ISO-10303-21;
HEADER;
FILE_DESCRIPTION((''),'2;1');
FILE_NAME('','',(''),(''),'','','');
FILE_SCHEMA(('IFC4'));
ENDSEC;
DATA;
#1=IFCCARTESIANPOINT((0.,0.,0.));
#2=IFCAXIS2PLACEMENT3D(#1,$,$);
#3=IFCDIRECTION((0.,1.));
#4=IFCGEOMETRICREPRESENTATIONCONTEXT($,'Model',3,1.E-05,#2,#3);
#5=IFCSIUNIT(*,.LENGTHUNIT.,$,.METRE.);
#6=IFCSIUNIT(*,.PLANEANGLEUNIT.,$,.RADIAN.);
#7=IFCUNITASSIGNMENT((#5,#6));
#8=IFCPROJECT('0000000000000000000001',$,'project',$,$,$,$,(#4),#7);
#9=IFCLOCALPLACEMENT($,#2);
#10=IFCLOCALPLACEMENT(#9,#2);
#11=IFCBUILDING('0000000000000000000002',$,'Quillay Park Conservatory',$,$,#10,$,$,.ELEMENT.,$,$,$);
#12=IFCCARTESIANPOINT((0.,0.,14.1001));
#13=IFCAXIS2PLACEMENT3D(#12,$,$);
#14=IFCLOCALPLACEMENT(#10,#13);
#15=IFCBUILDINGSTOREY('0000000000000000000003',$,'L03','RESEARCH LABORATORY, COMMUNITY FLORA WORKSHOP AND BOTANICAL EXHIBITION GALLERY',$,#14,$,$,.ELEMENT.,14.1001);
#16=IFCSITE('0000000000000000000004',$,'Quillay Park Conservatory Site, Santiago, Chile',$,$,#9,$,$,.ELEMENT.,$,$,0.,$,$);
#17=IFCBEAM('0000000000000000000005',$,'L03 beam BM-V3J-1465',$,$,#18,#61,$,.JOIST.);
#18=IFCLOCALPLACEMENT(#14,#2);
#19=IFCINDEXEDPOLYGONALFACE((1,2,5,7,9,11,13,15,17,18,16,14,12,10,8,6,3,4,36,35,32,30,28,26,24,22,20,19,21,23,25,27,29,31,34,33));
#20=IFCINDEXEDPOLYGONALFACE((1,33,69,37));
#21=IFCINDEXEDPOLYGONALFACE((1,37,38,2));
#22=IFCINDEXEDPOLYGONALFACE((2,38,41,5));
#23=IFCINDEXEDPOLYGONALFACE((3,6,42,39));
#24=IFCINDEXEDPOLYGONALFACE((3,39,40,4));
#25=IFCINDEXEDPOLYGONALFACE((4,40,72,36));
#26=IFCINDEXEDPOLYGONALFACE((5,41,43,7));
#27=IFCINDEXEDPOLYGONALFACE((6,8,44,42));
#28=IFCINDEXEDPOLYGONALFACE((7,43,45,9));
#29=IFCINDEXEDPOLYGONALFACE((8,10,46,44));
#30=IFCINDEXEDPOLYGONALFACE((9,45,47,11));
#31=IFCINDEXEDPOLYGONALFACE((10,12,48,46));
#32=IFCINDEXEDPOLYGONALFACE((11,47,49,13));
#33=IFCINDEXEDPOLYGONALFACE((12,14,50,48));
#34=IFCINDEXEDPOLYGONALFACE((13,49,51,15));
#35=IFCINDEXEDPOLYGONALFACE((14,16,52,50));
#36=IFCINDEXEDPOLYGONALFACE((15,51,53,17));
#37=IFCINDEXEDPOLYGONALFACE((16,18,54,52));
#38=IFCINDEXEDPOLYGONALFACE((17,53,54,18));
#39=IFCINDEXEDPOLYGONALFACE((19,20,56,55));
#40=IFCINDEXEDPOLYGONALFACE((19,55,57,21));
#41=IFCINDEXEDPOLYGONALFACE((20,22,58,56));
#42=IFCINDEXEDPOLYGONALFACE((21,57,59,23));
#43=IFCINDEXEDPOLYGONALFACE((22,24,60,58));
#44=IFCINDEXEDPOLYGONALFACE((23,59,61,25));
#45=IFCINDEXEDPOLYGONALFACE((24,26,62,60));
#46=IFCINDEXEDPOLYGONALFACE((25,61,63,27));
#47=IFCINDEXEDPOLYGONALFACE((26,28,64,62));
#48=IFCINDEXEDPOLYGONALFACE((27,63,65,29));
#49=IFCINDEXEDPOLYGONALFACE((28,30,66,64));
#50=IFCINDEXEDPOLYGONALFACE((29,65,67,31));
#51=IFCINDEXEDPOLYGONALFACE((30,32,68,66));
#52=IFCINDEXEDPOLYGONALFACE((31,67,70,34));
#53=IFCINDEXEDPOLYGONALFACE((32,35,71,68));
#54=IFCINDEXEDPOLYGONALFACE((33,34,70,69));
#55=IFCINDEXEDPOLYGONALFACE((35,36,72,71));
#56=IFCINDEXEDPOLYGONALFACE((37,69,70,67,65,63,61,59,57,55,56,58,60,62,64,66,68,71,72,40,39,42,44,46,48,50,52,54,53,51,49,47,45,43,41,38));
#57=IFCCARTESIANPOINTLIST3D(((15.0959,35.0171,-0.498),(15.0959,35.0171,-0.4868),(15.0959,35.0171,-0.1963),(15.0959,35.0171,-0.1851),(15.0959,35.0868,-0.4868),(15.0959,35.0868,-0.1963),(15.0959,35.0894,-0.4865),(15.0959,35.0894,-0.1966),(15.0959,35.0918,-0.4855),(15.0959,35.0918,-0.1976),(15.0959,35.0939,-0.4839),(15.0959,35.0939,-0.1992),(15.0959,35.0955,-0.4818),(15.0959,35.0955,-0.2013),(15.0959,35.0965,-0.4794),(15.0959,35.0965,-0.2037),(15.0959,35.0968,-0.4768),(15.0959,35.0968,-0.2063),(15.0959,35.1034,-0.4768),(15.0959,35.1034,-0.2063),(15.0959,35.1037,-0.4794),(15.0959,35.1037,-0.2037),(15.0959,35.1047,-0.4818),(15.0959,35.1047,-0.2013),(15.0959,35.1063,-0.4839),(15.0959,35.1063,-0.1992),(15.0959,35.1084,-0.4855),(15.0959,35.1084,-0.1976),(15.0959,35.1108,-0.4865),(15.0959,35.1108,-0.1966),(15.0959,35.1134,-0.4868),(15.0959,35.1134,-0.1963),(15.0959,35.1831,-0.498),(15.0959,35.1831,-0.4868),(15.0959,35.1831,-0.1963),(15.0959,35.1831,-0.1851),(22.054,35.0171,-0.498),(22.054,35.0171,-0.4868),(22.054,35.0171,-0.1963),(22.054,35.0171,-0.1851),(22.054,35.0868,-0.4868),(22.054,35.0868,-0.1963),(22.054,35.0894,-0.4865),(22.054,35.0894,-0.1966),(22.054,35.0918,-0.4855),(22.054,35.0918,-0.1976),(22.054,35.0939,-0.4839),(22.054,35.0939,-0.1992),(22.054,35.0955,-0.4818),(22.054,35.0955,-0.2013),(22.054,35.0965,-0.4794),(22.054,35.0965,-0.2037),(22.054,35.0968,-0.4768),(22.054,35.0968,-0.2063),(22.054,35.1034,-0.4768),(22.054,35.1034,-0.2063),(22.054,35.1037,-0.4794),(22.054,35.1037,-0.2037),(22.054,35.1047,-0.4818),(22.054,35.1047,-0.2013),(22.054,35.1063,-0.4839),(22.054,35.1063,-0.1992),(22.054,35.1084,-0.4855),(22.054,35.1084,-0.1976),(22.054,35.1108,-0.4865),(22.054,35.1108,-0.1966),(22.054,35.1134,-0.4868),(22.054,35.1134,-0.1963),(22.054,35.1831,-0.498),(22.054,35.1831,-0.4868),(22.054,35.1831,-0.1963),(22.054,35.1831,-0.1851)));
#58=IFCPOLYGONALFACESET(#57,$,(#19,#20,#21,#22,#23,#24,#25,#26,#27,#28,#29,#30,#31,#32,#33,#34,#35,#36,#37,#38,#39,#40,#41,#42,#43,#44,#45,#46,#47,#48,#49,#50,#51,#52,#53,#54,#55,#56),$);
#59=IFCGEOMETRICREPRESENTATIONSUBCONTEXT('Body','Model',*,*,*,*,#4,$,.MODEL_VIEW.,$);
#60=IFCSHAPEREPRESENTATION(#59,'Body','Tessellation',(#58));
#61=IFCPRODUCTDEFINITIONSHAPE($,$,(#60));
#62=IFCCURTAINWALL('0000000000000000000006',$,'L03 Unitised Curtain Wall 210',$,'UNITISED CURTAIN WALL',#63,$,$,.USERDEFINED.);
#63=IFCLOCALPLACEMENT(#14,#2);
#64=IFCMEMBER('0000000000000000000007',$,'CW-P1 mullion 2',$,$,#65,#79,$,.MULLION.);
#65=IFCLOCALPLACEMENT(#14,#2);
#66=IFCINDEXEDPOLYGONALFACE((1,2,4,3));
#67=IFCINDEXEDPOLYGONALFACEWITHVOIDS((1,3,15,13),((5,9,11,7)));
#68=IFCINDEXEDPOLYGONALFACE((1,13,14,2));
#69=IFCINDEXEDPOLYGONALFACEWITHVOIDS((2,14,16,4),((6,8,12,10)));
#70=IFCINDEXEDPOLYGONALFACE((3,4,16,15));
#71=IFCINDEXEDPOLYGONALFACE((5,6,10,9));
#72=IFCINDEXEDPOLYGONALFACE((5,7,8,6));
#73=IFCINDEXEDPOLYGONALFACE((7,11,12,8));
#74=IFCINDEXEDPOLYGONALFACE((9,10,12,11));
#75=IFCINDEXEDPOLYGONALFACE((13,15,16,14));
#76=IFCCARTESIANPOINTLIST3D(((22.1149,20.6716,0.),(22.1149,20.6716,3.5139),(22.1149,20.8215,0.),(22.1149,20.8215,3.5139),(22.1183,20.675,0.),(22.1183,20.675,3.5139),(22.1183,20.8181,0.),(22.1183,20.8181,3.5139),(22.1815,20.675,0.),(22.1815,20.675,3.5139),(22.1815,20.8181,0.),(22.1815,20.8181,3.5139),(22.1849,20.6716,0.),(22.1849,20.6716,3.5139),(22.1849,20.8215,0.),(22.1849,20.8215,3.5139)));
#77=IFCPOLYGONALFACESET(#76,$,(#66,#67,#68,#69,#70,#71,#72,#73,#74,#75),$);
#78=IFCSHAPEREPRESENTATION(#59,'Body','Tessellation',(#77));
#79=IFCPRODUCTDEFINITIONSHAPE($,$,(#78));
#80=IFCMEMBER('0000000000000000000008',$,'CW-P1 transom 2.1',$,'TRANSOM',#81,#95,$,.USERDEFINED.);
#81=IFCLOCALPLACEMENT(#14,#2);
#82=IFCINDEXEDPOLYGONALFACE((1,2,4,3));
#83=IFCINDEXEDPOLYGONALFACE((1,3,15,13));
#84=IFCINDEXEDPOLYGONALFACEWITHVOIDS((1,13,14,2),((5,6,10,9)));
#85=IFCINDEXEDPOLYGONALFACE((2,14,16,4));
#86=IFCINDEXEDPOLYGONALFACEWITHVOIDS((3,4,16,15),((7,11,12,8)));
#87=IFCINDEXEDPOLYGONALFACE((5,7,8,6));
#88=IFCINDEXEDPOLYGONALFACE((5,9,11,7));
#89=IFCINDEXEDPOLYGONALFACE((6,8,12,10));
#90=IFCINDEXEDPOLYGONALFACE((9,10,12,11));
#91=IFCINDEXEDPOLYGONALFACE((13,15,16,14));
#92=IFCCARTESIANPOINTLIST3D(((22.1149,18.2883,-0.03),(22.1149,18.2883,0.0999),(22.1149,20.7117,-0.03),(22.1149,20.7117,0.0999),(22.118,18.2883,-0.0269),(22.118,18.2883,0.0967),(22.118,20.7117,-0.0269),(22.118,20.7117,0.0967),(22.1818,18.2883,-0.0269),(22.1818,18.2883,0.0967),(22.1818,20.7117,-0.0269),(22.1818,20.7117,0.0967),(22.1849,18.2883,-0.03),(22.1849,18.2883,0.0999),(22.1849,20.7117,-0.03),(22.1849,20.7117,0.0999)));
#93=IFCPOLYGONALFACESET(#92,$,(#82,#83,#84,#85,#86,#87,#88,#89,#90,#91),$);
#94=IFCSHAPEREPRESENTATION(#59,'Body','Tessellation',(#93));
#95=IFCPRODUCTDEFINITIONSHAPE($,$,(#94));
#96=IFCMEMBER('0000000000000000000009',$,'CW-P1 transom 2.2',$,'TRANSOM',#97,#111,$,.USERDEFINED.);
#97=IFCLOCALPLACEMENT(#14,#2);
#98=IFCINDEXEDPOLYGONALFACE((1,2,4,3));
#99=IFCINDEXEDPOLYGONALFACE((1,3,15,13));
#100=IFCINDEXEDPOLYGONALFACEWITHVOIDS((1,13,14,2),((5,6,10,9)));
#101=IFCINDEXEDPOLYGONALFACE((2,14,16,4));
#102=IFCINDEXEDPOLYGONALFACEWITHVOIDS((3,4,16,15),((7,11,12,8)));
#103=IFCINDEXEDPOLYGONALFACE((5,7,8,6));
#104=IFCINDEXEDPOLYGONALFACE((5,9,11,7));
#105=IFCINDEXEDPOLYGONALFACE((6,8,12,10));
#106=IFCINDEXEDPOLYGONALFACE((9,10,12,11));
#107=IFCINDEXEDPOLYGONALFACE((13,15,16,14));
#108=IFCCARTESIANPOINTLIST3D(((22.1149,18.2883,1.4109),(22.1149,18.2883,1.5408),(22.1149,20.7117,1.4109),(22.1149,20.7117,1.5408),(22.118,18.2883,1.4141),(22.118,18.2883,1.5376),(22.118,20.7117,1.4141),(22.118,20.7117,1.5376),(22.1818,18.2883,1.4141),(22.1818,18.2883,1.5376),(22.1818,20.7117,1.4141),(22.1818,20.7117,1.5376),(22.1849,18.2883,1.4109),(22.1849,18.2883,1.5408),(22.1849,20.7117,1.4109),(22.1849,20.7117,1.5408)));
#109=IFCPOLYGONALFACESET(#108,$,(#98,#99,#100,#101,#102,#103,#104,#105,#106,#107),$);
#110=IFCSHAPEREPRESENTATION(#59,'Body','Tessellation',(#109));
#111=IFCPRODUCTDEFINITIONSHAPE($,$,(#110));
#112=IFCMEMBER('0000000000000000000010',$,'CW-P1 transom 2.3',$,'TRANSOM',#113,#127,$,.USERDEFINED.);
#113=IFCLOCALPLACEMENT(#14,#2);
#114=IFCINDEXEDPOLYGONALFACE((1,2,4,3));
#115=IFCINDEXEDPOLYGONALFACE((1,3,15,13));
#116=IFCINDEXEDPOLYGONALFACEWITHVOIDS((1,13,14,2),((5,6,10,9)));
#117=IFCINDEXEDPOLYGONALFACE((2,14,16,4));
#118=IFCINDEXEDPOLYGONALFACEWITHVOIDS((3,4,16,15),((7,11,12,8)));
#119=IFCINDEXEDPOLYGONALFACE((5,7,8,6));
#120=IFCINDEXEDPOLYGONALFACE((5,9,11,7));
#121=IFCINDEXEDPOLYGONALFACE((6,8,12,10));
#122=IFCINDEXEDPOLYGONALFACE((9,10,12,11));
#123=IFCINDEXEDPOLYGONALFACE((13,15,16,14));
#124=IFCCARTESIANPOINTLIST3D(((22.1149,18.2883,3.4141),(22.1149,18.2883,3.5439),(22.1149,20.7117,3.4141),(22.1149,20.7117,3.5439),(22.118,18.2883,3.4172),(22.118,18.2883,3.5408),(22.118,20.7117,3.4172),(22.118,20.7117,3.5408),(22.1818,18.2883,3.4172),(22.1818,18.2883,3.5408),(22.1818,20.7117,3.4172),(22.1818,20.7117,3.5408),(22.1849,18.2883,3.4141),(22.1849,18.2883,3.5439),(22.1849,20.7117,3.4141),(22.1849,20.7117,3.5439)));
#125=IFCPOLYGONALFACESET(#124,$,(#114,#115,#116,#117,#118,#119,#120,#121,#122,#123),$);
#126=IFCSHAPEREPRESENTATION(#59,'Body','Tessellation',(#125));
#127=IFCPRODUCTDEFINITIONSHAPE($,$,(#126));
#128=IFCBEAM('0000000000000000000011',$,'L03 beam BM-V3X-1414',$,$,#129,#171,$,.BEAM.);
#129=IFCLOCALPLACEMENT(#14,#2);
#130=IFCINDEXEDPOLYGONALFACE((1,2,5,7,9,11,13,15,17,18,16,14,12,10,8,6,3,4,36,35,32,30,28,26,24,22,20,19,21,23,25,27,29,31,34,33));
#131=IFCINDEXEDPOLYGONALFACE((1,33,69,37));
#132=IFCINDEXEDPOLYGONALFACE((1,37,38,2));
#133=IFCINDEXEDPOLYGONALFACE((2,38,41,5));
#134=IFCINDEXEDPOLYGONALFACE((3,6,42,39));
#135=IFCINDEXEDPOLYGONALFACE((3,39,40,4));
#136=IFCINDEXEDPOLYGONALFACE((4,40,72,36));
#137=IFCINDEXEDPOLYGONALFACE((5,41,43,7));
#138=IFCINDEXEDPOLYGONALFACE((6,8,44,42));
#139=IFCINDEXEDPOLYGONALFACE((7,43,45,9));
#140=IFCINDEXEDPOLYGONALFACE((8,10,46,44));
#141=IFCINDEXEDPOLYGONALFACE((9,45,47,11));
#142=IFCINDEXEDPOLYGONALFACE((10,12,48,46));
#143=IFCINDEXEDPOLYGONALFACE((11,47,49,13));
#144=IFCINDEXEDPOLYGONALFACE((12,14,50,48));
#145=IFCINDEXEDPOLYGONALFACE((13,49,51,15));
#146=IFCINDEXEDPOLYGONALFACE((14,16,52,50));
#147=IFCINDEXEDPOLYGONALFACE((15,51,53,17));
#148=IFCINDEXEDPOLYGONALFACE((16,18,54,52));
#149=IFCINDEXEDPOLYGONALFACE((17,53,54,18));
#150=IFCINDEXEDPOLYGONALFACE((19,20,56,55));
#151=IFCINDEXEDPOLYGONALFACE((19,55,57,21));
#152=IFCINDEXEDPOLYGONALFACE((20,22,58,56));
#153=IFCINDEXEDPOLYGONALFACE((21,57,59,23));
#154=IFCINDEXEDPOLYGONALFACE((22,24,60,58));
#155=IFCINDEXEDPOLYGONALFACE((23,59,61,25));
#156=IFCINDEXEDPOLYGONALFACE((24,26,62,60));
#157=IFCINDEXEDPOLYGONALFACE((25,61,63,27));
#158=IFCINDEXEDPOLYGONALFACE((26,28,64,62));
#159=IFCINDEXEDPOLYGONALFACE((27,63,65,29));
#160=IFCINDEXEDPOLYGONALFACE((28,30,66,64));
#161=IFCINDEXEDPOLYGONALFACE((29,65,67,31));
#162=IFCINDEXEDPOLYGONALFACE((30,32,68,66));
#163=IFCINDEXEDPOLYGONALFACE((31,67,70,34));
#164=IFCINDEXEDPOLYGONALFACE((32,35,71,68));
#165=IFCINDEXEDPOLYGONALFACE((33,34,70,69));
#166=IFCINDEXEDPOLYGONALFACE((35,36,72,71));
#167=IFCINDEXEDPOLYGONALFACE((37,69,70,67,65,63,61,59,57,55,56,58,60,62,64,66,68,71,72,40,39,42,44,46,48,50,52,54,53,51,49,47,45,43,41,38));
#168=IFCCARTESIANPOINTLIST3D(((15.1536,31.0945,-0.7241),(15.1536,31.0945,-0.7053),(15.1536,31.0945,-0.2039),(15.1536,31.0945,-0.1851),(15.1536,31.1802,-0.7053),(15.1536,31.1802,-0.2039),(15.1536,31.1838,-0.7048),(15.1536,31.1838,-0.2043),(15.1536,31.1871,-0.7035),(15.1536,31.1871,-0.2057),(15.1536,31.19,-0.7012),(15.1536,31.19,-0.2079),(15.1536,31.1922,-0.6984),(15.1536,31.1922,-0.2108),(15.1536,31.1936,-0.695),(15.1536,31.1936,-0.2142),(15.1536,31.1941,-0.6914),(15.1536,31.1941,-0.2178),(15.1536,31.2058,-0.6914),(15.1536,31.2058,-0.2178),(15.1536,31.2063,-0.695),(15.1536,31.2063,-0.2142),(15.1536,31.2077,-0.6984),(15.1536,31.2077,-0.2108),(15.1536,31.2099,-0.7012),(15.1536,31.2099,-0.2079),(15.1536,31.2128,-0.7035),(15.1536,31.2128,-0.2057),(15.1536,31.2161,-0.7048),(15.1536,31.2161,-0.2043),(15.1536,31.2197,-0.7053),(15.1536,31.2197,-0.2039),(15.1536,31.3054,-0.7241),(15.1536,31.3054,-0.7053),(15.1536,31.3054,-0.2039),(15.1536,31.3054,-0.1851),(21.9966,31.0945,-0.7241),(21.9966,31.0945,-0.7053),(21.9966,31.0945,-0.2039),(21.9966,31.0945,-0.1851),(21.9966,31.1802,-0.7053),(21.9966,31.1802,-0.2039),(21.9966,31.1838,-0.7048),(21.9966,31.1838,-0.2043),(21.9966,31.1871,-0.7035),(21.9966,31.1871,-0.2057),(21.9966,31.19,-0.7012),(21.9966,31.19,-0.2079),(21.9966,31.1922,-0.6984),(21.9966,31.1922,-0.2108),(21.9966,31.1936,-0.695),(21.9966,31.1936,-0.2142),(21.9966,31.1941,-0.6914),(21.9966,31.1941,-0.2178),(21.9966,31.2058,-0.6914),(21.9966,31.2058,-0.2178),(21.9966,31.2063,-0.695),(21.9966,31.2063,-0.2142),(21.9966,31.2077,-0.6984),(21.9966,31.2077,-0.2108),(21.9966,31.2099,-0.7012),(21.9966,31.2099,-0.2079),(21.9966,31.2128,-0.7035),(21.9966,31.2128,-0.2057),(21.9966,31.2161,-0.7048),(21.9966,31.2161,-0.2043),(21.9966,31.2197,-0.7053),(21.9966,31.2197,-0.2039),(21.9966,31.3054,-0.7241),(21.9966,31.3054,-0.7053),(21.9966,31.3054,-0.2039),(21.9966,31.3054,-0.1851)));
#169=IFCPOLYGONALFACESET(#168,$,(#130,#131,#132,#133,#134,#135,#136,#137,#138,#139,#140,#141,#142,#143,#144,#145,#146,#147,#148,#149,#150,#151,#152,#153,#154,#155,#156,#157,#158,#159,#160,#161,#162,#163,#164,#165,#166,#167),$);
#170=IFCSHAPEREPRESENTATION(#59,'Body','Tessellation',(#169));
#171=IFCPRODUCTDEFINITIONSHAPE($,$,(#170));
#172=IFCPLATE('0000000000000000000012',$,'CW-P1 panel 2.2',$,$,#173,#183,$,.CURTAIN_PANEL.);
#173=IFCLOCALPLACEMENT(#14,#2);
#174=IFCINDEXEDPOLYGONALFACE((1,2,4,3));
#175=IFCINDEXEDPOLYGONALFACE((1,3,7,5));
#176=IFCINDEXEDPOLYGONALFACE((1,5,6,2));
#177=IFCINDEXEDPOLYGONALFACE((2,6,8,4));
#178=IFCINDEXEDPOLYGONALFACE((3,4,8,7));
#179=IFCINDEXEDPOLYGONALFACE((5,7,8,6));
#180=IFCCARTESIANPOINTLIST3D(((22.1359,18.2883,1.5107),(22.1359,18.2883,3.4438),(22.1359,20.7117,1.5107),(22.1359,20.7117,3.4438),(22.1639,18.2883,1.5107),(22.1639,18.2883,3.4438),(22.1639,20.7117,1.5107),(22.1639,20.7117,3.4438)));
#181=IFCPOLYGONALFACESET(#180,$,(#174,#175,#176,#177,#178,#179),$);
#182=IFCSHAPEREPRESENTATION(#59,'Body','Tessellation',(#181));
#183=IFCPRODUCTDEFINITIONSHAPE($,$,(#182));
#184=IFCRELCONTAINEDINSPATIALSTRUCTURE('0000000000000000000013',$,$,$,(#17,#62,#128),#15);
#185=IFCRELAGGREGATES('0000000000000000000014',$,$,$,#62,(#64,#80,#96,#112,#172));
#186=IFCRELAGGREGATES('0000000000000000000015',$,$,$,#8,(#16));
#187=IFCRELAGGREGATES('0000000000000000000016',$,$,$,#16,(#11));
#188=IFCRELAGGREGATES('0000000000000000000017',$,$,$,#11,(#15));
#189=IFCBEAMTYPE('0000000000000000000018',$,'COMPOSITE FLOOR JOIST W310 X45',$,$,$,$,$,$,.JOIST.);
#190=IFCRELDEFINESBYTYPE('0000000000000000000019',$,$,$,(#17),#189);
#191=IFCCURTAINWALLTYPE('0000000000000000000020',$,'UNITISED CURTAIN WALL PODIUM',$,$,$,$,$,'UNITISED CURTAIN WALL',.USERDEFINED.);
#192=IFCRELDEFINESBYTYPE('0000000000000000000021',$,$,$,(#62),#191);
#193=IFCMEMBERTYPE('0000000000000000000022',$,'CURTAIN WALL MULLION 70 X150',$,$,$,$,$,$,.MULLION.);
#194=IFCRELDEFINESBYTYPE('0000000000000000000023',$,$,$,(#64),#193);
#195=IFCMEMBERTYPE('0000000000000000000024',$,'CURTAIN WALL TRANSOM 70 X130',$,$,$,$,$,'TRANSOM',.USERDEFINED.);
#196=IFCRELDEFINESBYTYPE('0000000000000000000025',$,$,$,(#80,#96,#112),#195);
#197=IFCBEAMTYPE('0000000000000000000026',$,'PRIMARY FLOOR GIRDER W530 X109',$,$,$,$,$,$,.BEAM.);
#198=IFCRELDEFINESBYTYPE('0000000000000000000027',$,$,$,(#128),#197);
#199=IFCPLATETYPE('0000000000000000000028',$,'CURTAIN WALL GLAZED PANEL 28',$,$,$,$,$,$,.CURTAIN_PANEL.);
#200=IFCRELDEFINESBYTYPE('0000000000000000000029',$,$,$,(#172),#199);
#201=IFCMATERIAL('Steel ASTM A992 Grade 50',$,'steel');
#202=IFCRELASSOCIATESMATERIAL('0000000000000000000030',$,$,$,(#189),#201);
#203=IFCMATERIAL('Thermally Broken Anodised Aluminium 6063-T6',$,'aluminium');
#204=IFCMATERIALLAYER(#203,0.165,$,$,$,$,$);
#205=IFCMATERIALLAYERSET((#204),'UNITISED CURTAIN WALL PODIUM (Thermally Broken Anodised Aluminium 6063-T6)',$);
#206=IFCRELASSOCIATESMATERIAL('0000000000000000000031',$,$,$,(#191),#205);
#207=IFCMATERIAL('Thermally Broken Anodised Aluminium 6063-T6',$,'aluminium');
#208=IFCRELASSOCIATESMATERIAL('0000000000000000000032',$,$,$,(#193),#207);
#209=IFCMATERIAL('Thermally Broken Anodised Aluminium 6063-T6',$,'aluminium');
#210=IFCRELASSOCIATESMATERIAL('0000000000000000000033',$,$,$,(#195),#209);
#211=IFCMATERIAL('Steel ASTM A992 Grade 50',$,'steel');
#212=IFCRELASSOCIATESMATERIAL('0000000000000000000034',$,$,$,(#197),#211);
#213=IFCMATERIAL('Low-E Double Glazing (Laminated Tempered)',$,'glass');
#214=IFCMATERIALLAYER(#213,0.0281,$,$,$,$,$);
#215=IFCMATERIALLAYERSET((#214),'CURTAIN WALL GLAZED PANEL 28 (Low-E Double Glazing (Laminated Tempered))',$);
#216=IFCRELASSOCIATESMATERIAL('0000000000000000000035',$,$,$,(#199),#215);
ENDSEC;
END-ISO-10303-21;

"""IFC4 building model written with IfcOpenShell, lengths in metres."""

from ifc_helpers import new_model, si_unit, direction, frame, origin, origin_2d, place, context, subcontext, project, spatial, rectangle, hollow_rectangle, i_section, extrude, material, layer, layer_set, material_profile, profile_set, type_object, element, aggregate, save


model = new_model("IFC4")

# Units and contexts
model_context = context("Model", 3, precision=1e-05, world=origin(), true_north=direction((0.0, 1.0)))
body_context = subcontext(model_context, "Body", "Model", "MODEL_VIEW")
ifc_project = project(units=[si_unit("LENGTHUNIT", "METRE"), si_unit("PLANEANGLEUNIT", "RADIAN")], contexts=[model_context])

# Site, building, storey
site_placement = place(None, origin())
site = spatial("IfcSite", under=ifc_project, at=site_placement, Name="Quillay Park Conservatory Site, Santiago, Chile", CompositionType="ELEMENT", RefElevation=0.0)
building_placement = place(site_placement, origin())
building = spatial("IfcBuilding", under=site, at=building_placement, Name="Quillay Park Conservatory", CompositionType="ELEMENT")
storey_placement = place(building_placement, frame((0.0, 0.0, 14.1001)))
storey = spatial("IfcBuildingStorey", under=building, at=storey_placement, Name="L03", Description="RESEARCH LABORATORY, COMMUNITY FLORA WORKSHOP AND BOTANICAL EXHIBITION GALLERY", CompositionType="ELEMENT", Elevation=14.1001)

# Beam
ifc_material_1 = material(Name="Steel ASTM A992 Grade 50", Category="steel")
ifc_material_profile_1 = material_profile(ifc_material_1, i_section(OverallWidth=0.166, OverallDepth=0.313, WebThickness=0.0066, FlangeThickness=0.0112, FilletRadius=0.01, at=origin_2d()), Name="W310x45")
ifc_profile_set_1 = profile_set([ifc_material_profile_1], Name="Steel ASTM A992 Grade 50")
beam_type_1 = type_object("IfcBeamType", Name="COMPOSITE FLOOR JOIST W310 X45", PredefinedType="JOIST", material=ifc_profile_set_1)
beam_1_placement = place(storey_placement, frame((15.0959, 35.1001, -0.3416), z_axis=(1.0, 0.0, 0.0), x_axis=(0.0, 1.0, 0.0)))
element("IfcBeam", 1, at=beam_1_placement, inside=storey, type_object=beam_type_1, Name="L03 beam BM-V3J-1465", PredefinedType="JOIST", context=body_context, shape_type="SweptSolid", body=[
    extrude(i_section(OverallWidth=0.166, OverallDepth=0.313, WebThickness=0.0066, FlangeThickness=0.0112, FilletRadius=0.01, at=origin_2d()), origin(), (0.0, 0.0, 1.0), 6.958),
])

# Curtain wall, members
ifc_material_2 = material(Name="Thermally Broken Anodised Aluminium 6063-T6", Category="aluminium")
ifc_layer_1 = layer(ifc_material_2, 0.165)
ifc_layer_set_1 = layer_set([ifc_layer_1], Name="UNITISED CURTAIN WALL PODIUM (Thermally Broken Anodised Aluminium 6063-T6)")
curtain_wall_type = type_object("IfcCurtainWallType", Name="UNITISED CURTAIN WALL PODIUM", ElementType="UNITISED CURTAIN WALL", PredefinedType="USERDEFINED", material=ifc_layer_set_1)
curtain_wall_placement = place(storey_placement, origin())
curtain_wall = element("IfcCurtainWall", 2, at=curtain_wall_placement, inside=storey, type_object=curtain_wall_type, Name="L03 Unitised Curtain Wall 210", ObjectType="UNITISED CURTAIN WALL", PredefinedType="USERDEFINED")
ifc_material_3 = material(Name="Thermally Broken Anodised Aluminium 6063-T6", Category="aluminium")
ifc_material_profile_2 = material_profile(ifc_material_3, hollow_rectangle(XDim=0.0701, YDim=0.1499, WallThickness=0.0034, at=origin_2d()), Name="AL70x150x3.5")
ifc_profile_set_2 = profile_set([ifc_material_profile_2], Name="Thermally Broken Anodised Aluminium 6063-T6")
member_type_1 = type_object("IfcMemberType", Name="CURTAIN WALL MULLION 70 X150", PredefinedType="MULLION", material=ifc_profile_set_2)
member_1_placement = place(storey_placement, frame((22.1499, 20.7466, 0.0), z_axis=(0.0, 0.0, 1.0), x_axis=(1.0, 0.0, 0.0)))
member_1 = element("IfcMember", 3, at=member_1_placement, type_object=member_type_1, Name="CW-P1 mullion 2", PredefinedType="MULLION", context=body_context, shape_type="SweptSolid", body=[
    extrude(hollow_rectangle(XDim=0.0701, YDim=0.1499, WallThickness=0.0034, at=origin_2d()), origin(), (0.0, 0.0, 1.0), 3.5139),
])
ifc_material_4 = material(Name="Thermally Broken Anodised Aluminium 6063-T6", Category="aluminium")
ifc_material_profile_3 = material_profile(ifc_material_4, hollow_rectangle(XDim=0.0701, YDim=0.1299, WallThickness=0.0032, at=origin_2d()), Name="AL70x130x3.2")
ifc_profile_set_3 = profile_set([ifc_material_profile_3], Name="Thermally Broken Anodised Aluminium 6063-T6")
member_type_2 = type_object("IfcMemberType", Name="CURTAIN WALL TRANSOM 70 X130", ElementType="TRANSOM", PredefinedType="USERDEFINED", material=ifc_profile_set_3)
member_2_placement = place(storey_placement, frame((22.1499, 20.7117, 0.0349), z_axis=(0.0, -1.0, 0.0), x_axis=(1.0, 0.0, 0.0)))
member_2 = element("IfcMember", 4, at=member_2_placement, type_object=member_type_2, Name="CW-P1 transom 2.1", ObjectType="TRANSOM", PredefinedType="USERDEFINED", context=body_context, shape_type="SweptSolid", body=[
    extrude(hollow_rectangle(XDim=0.0701, YDim=0.1299, WallThickness=0.0032, at=origin_2d()), origin(), (0.0, 0.0, 1.0), 2.4233),
])
member_3_placement = place(storey_placement, frame((22.1499, 20.7117, 1.4758), z_axis=(0.0, -1.0, 0.0), x_axis=(1.0, 0.0, 0.0)))
member_3 = element("IfcMember", 5, at=member_3_placement, type_object=member_type_2, Name="CW-P1 transom 2.2", ObjectType="TRANSOM", PredefinedType="USERDEFINED", context=body_context, shape_type="SweptSolid", body=[
    extrude(hollow_rectangle(XDim=0.0701, YDim=0.1299, WallThickness=0.0032, at=origin_2d()), origin(), (0.0, 0.0, 1.0), 2.4233),
])
member_4_placement = place(storey_placement, frame((22.1499, 20.7117, 3.479), z_axis=(0.0, -1.0, 0.0), x_axis=(1.0, 0.0, 0.0)))
member_4 = element("IfcMember", 6, at=member_4_placement, type_object=member_type_2, Name="CW-P1 transom 2.3", ObjectType="TRANSOM", PredefinedType="USERDEFINED", context=body_context, shape_type="SweptSolid", body=[
    extrude(hollow_rectangle(XDim=0.0701, YDim=0.1299, WallThickness=0.0032, at=origin_2d()), origin(), (0.0, 0.0, 1.0), 2.4233),
])

# Beam
ifc_material_5 = material(Name="Steel ASTM A992 Grade 50", Category="steel")
ifc_material_profile_4 = material_profile(ifc_material_5, i_section(OverallWidth=0.2109, OverallDepth=0.5391, WebThickness=0.0117, FlangeThickness=0.0188, FilletRadius=0.0139, at=origin_2d()), Name="W530x109")
ifc_profile_set_4 = profile_set([ifc_material_profile_4], Name="Steel ASTM A992 Grade 50")
beam_type_2 = type_object("IfcBeamType", Name="PRIMARY FLOOR GIRDER W530 X109", PredefinedType="BEAM", material=ifc_profile_set_4)
beam_2_placement = place(storey_placement, frame((15.1536, 31.2, -0.4546), z_axis=(1.0, 0.0, 0.0), x_axis=(0.0, 1.0, 0.0)))
element("IfcBeam", 7, at=beam_2_placement, inside=storey, type_object=beam_type_2, Name="L03 beam BM-V3X-1414", PredefinedType="BEAM", context=body_context, shape_type="SweptSolid", body=[
    extrude(i_section(OverallWidth=0.2109, OverallDepth=0.5391, WebThickness=0.0117, FlangeThickness=0.0188, FilletRadius=0.0139, at=origin_2d()), origin(), (0.0, 0.0, 1.0), 6.843),
])

# Plate
ifc_material_6 = material(Name="Low-E Double Glazing (Laminated Tempered)", Category="glass")
ifc_layer_2 = layer(ifc_material_6, 0.0281)
ifc_layer_set_2 = layer_set([ifc_layer_2], Name="CURTAIN WALL GLAZED PANEL 28 (Low-E Double Glazing (Laminated Tempered))")
plate_type = type_object("IfcPlateType", Name="CURTAIN WALL GLAZED PANEL 28", PredefinedType="CURTAIN_PANEL", material=ifc_layer_set_2)
plate_placement = place(storey_placement, frame((22.1499, 19.5, 1.5107), z_axis=(0.0, 0.0, 1.0), x_axis=(0.0, -1.0, 0.0)))
plate = element("IfcPlate", 8, at=plate_placement, type_object=plate_type, Name="CW-P1 panel 2.2", PredefinedType="CURTAIN_PANEL", context=body_context, shape_type="SweptSolid", body=[
    extrude(rectangle(XDim=2.4233, YDim=0.0281, at=origin_2d()), origin(), (0.0, 0.0, 1.0), 1.9331),
])
aggregate(curtain_wall, [member_1, member_2, member_3, member_4, plate])

save(model, "model.ifc")
